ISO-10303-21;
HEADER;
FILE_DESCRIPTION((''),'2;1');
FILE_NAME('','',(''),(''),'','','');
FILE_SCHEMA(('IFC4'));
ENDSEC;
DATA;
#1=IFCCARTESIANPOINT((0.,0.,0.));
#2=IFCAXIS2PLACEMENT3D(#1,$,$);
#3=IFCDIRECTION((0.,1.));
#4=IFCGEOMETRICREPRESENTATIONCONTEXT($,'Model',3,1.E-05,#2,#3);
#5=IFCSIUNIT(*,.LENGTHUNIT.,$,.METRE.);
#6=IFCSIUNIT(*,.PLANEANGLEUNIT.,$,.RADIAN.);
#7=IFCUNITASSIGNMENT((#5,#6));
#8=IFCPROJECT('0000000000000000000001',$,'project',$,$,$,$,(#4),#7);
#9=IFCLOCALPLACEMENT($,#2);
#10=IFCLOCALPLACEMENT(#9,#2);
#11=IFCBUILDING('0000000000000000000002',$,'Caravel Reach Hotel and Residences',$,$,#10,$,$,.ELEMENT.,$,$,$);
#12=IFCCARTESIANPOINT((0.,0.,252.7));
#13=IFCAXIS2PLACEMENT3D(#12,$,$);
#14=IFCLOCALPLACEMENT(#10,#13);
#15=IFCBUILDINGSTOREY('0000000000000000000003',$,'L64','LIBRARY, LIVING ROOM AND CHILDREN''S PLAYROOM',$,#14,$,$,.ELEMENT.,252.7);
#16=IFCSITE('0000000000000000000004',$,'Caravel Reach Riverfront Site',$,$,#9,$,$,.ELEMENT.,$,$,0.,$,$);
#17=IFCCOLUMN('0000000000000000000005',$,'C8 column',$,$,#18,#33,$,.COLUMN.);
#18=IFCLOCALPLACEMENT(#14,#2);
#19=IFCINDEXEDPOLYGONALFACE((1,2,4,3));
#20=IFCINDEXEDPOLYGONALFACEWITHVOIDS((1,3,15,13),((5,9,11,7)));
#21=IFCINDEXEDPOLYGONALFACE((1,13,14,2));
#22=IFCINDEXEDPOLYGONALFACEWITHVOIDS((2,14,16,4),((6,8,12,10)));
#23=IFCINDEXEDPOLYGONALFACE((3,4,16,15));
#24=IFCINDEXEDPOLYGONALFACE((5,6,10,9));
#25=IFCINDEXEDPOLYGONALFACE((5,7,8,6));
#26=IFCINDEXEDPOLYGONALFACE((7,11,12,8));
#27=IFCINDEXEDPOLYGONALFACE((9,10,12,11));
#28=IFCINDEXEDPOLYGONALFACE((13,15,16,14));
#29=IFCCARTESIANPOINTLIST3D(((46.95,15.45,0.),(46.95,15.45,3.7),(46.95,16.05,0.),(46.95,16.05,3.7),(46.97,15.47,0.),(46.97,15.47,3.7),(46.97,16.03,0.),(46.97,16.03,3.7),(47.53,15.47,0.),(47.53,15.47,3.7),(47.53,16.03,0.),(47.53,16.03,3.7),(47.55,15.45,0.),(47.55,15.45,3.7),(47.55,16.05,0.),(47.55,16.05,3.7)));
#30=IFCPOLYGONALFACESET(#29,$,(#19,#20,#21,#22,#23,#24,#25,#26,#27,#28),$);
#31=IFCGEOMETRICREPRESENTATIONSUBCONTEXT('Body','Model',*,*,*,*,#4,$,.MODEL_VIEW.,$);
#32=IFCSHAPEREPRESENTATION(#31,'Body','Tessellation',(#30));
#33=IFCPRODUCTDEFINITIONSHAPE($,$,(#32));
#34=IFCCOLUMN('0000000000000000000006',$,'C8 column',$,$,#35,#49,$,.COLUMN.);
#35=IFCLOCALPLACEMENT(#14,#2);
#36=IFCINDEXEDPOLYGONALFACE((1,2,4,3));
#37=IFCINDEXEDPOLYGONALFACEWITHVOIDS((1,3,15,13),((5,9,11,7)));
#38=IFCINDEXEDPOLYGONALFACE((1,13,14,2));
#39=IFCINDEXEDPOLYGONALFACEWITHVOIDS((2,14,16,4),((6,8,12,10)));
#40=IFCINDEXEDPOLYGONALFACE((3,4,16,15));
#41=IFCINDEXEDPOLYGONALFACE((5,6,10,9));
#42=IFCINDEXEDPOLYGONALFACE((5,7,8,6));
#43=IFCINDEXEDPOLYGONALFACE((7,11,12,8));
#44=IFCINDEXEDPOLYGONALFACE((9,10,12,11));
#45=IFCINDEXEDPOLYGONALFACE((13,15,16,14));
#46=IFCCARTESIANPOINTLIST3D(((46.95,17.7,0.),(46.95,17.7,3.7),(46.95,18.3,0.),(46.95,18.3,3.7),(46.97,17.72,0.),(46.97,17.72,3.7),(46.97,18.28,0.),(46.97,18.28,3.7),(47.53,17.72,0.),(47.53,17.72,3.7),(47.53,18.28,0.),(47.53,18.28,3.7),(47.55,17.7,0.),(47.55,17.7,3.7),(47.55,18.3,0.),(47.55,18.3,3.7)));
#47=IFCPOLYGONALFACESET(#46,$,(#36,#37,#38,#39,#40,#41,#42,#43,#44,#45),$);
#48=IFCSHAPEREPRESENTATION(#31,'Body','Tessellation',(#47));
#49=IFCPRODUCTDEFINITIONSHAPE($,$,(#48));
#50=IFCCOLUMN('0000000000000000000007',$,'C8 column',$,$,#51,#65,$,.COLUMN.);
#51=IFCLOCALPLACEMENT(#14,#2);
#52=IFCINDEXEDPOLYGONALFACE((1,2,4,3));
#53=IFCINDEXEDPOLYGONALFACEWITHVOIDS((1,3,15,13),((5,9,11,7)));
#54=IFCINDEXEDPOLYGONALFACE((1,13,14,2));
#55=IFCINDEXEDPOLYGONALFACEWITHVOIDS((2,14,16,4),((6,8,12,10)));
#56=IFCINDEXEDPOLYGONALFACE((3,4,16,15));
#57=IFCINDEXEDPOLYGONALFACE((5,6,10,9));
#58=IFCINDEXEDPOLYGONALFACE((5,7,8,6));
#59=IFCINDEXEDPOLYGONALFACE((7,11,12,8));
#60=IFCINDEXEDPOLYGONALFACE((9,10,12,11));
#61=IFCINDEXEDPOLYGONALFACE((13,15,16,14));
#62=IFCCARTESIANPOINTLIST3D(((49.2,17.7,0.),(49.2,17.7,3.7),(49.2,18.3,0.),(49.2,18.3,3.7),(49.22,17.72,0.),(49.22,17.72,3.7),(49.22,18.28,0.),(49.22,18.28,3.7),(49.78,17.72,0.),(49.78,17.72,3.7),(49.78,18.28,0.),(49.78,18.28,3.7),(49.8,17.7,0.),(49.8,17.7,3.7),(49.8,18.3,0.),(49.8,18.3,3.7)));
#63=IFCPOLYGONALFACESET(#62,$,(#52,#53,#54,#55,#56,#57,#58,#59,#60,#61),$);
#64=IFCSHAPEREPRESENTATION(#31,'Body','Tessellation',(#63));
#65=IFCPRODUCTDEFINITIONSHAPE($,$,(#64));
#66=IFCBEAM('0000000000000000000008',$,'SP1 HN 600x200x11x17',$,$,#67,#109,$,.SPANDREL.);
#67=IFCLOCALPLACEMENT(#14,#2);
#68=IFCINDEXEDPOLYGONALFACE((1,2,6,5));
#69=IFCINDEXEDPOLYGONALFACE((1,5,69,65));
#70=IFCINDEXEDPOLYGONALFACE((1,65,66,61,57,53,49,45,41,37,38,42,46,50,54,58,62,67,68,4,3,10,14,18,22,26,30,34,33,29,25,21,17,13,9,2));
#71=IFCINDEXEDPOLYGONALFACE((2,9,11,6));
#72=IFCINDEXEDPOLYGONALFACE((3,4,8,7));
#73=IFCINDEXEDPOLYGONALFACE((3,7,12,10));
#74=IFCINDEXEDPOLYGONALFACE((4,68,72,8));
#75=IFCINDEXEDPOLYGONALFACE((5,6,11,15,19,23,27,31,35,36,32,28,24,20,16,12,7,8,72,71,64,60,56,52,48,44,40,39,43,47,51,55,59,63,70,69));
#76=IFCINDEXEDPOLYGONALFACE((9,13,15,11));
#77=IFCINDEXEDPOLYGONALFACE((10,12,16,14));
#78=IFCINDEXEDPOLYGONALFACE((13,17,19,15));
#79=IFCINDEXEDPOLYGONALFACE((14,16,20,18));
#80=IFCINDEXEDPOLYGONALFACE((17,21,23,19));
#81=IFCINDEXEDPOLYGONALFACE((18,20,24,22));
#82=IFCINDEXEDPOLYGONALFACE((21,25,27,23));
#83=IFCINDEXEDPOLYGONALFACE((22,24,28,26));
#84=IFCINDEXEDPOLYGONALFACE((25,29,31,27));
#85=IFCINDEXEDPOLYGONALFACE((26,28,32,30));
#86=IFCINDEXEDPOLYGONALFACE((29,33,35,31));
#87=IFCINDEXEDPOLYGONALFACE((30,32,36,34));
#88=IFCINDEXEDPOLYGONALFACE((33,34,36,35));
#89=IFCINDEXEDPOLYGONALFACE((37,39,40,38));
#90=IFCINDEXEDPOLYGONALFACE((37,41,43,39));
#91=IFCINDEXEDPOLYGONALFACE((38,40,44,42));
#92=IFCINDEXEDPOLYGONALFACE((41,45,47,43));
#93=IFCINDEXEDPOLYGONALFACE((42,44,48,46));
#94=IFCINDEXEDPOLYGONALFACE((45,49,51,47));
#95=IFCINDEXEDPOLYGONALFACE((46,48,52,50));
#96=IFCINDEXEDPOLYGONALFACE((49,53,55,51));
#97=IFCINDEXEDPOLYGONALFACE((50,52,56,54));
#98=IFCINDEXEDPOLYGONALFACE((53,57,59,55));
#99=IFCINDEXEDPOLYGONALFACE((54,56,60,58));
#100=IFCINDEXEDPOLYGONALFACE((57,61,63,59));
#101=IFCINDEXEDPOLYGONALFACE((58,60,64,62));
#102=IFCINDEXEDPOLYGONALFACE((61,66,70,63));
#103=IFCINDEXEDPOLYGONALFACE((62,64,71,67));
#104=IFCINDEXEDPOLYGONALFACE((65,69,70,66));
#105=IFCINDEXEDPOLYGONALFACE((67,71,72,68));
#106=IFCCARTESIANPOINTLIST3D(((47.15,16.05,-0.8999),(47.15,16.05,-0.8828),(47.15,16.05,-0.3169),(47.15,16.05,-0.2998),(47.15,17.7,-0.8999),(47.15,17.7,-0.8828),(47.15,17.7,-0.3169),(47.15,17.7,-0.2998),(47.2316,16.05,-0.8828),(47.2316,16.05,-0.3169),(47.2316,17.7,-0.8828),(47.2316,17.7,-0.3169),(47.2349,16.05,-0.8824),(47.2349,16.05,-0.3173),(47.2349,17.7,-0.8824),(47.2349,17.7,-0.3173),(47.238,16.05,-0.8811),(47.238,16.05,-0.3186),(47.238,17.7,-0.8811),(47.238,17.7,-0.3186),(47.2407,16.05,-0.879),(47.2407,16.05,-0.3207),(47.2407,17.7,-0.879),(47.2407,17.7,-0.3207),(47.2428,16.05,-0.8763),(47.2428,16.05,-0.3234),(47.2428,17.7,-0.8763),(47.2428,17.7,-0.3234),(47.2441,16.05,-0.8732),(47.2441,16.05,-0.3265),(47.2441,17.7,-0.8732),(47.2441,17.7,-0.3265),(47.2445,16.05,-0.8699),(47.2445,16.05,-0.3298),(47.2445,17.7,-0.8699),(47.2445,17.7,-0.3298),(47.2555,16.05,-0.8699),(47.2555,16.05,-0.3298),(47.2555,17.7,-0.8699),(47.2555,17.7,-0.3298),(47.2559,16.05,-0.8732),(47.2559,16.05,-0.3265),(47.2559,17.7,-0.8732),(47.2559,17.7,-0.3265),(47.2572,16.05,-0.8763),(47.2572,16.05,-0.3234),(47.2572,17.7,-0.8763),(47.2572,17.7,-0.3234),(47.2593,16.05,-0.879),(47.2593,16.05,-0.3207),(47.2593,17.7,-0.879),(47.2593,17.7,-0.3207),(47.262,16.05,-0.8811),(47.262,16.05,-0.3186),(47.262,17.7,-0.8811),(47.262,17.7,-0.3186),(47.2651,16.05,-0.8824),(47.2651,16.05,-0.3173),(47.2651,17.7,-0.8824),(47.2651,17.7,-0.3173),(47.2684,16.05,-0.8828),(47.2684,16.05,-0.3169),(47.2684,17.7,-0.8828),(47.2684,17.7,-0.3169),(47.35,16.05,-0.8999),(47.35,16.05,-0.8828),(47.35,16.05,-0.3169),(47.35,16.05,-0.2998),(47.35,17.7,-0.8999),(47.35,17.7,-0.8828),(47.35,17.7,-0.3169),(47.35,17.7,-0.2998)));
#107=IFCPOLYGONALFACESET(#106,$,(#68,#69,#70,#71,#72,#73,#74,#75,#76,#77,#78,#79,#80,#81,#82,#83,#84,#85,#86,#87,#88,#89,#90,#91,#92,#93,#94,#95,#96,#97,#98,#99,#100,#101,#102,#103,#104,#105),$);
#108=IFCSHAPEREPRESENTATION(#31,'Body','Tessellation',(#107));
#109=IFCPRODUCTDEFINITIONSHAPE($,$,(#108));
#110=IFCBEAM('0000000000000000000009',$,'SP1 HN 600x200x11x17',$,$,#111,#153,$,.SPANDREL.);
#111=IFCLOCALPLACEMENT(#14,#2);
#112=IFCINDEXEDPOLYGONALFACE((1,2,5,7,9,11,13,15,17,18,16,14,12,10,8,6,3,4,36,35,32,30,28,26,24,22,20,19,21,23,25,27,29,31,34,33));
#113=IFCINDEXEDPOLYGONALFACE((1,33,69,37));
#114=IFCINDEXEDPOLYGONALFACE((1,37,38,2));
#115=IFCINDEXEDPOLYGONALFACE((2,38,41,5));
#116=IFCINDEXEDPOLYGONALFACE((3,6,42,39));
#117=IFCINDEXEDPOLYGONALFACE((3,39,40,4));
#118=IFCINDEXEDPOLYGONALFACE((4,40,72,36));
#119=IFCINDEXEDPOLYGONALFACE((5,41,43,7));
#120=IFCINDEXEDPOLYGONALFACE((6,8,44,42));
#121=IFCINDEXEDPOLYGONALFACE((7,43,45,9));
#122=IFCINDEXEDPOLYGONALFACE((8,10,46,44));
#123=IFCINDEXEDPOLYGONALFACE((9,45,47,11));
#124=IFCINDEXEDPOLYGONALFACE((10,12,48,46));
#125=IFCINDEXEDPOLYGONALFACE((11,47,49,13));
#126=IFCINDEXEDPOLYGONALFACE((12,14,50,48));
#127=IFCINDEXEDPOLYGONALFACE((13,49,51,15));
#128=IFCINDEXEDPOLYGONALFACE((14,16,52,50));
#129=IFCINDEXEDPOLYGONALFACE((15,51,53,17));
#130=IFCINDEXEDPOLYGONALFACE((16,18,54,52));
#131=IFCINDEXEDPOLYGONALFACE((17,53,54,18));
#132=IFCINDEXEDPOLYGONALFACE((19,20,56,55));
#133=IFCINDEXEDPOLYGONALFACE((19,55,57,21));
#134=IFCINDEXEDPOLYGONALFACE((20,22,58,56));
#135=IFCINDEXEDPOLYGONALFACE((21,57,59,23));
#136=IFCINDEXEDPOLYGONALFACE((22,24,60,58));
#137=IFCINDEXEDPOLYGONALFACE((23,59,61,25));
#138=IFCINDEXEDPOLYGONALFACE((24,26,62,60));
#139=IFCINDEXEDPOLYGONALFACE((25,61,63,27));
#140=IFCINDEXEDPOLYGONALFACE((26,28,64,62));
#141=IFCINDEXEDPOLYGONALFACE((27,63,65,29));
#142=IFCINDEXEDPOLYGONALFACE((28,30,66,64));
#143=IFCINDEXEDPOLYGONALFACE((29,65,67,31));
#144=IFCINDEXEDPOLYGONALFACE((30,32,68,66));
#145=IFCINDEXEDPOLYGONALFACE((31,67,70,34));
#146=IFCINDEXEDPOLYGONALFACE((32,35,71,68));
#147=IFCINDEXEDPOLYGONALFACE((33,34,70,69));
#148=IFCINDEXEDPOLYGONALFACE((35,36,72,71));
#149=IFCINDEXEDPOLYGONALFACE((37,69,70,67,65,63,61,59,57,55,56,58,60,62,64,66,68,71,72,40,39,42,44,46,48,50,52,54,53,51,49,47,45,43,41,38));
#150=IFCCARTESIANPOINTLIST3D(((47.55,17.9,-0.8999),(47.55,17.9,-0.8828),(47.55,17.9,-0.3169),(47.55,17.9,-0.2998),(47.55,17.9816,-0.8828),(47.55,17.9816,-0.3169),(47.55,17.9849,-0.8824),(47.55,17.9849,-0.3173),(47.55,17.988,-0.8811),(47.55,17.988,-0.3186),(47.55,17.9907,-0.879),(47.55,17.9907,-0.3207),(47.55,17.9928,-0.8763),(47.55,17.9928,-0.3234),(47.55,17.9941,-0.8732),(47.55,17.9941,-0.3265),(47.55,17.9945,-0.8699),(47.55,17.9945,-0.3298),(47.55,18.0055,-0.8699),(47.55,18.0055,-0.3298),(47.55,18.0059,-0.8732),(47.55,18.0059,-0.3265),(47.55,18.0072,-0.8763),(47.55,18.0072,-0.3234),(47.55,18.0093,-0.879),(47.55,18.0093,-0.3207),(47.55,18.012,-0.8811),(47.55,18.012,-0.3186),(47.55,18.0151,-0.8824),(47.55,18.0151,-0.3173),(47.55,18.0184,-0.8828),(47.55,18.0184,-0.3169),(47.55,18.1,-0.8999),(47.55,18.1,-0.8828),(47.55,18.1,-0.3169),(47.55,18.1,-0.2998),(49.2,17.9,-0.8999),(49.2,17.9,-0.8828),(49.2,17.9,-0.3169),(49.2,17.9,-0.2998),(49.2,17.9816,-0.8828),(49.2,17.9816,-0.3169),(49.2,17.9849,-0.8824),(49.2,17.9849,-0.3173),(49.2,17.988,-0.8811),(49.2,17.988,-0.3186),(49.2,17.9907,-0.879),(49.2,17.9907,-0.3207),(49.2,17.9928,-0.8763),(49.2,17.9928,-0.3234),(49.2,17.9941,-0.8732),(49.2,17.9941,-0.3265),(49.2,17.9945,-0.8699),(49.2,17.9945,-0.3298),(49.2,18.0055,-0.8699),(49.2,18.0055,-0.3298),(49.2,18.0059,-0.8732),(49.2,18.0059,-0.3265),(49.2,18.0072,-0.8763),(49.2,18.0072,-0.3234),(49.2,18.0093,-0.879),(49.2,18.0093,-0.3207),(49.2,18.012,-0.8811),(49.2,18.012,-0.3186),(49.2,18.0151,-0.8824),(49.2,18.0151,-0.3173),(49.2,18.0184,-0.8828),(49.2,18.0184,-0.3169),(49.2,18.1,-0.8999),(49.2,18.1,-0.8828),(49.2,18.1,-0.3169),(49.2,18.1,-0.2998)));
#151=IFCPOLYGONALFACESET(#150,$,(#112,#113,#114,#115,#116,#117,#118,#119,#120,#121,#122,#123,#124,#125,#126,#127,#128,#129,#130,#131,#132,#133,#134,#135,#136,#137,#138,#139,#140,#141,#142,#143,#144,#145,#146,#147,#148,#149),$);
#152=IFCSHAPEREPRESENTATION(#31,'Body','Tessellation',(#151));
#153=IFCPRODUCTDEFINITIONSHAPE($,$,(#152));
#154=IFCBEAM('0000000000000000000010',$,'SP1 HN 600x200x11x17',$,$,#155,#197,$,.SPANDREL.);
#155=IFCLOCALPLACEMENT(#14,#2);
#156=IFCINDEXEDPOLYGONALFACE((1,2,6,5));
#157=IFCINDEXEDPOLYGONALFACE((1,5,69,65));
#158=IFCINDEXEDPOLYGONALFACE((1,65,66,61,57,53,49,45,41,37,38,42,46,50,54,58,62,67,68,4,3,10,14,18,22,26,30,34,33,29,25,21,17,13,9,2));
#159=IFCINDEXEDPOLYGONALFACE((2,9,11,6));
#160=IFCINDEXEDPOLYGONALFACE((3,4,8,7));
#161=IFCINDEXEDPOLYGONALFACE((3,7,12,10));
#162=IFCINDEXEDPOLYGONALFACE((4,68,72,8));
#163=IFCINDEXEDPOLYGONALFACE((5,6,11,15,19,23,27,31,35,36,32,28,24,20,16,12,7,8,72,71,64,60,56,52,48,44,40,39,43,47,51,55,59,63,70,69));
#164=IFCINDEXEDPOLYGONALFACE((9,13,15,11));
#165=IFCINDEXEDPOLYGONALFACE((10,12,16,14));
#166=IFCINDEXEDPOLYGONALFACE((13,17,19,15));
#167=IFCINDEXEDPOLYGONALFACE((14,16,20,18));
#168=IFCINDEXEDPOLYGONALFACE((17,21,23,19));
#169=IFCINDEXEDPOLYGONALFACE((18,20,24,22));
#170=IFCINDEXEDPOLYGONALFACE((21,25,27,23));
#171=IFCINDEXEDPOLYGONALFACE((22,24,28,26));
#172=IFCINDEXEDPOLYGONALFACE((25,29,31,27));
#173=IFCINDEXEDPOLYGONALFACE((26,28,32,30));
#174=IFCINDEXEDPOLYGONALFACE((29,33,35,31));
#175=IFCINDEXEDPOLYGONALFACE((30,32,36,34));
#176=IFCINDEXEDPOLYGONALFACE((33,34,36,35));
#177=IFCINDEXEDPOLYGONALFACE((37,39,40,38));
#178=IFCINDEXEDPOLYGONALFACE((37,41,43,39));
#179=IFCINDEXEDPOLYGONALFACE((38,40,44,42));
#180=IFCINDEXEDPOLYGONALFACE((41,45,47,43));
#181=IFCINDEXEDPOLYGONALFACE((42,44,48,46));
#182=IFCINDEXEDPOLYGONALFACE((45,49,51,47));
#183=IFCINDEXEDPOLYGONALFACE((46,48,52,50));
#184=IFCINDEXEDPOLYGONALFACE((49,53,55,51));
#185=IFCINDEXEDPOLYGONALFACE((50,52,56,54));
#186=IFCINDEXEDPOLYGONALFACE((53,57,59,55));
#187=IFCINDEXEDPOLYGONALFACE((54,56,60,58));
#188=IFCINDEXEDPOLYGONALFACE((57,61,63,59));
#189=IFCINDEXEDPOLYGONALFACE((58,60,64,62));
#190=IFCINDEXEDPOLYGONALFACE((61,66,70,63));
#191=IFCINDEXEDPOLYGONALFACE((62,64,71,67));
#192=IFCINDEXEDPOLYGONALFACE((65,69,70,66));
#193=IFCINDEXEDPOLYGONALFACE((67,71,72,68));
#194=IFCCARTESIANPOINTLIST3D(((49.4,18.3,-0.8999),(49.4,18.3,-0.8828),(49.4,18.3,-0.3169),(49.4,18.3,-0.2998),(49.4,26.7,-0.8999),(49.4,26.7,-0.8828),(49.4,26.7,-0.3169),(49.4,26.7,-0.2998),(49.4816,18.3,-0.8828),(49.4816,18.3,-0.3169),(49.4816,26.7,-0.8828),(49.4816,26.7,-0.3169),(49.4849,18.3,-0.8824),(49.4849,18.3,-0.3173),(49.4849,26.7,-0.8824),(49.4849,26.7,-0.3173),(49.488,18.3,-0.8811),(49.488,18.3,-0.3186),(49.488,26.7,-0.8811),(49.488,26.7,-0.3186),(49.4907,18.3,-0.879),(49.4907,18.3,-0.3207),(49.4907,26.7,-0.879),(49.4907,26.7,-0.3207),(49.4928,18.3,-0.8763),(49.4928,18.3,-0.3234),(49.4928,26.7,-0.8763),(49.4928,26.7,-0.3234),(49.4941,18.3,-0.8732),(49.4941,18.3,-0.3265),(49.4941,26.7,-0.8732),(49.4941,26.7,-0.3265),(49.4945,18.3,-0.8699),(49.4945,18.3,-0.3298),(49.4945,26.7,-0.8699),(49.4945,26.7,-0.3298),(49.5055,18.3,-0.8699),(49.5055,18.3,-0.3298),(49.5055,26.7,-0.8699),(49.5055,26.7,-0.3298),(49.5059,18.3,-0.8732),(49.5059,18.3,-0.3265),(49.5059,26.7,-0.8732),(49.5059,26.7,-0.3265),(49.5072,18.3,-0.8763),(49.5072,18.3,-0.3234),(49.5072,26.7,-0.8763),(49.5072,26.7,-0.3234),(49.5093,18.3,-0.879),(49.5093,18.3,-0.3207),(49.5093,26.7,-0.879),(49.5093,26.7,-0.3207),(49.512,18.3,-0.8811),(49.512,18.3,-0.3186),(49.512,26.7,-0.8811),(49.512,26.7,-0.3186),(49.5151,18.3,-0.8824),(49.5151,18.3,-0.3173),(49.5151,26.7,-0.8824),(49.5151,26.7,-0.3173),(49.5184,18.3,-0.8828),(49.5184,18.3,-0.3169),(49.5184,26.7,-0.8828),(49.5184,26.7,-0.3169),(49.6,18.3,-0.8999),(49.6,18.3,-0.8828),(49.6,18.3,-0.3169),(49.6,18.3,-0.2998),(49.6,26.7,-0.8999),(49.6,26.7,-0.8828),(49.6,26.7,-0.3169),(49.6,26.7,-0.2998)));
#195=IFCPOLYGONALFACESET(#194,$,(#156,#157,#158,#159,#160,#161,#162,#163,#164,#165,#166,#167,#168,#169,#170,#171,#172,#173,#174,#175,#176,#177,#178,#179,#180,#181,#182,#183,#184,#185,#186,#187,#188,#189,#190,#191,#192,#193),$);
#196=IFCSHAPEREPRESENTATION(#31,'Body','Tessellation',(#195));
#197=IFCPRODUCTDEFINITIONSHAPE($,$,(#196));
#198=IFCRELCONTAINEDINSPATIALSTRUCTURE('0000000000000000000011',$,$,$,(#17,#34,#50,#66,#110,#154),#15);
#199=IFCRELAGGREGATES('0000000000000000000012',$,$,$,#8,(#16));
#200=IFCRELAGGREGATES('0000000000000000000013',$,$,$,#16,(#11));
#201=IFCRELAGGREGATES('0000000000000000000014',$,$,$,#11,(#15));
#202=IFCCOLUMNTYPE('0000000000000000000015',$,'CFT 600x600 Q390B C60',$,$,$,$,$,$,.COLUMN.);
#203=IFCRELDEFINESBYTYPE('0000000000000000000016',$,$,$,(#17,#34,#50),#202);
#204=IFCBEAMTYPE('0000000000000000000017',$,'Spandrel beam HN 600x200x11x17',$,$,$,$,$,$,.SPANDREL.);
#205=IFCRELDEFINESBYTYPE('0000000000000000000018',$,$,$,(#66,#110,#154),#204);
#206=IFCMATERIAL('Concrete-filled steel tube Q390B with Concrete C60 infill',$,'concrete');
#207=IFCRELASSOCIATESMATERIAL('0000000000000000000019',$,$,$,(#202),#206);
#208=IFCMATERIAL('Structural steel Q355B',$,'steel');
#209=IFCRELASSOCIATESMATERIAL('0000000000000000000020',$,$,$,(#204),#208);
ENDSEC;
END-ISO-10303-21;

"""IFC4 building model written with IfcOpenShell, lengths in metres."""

from ifc_helpers import new_model, si_unit, direction, frame, origin, origin_2d, place, context, subcontext, project, spatial, hollow_rectangle, i_section, extrude, material, material_profile, profile_set, type_object, element, save


model = new_model("IFC4")

# Units and contexts
model_context = context("Model", 3, precision=1e-05, world=origin(), true_north=direction((0.0, 1.0)))
body_context = subcontext(model_context, "Body", "Model", "MODEL_VIEW")
ifc_project = project(units=[si_unit("LENGTHUNIT", "METRE"), si_unit("PLANEANGLEUNIT", "RADIAN")], contexts=[model_context])

# Site, building, storey
site_placement = place(None, origin())
site = spatial("IfcSite", under=ifc_project, at=site_placement, Name="Caravel Reach Riverfront Site", CompositionType="ELEMENT", RefElevation=0.0)
building_placement = place(site_placement, origin())
building = spatial("IfcBuilding", under=site, at=building_placement, Name="Caravel Reach Hotel and Residences", CompositionType="ELEMENT")
storey_placement = place(building_placement, frame((0.0, 0.0, 252.7)))
storey = spatial("IfcBuildingStorey", under=building, at=storey_placement, Name="L64", Description="LIBRARY, LIVING ROOM AND CHILDREN'S PLAYROOM", CompositionType="ELEMENT", Elevation=252.7)

# Columns
ifc_material_1 = material(Name="Concrete-filled steel tube Q390B with Concrete C60 infill", Category="concrete")
ifc_material_profile_1 = material_profile(ifc_material_1, hollow_rectangle(XDim=0.6001, YDim=0.6001, WallThickness=0.02, at=origin_2d()), Name="RHS 600x600x20")
ifc_profile_set_1 = profile_set([ifc_material_profile_1], Name="Concrete-filled steel tube Q390B with Concrete C60 infill")
column_type = type_object("IfcColumnType", Name="CFT 600x600 Q390B C60", PredefinedType="COLUMN", material=ifc_profile_set_1)
for number, where, z_axis, x_axis, name in (
    (1, (47.25, 15.75, 0.0), (0.0, 0.0, 1.0), (1.0, 0.0, 0.0), "C8 column"),
    (2, (47.25, 18.0, 0.0), (0.0, 0.0, 1.0), (1.0, 0.0, 0.0), "C8 column"),
    (3, (49.5, 18.0, 0.0), (0.0, 0.0, 1.0), (1.0, 0.0, 0.0), "C8 column"),
):
    element("IfcColumn", number, at=place(storey_placement, frame(where, z_axis=z_axis, x_axis=x_axis)), inside=storey, type_object=column_type, Name=name, PredefinedType="COLUMN", context=body_context, shape_type="SweptSolid", body=[
        extrude(hollow_rectangle(XDim=0.6001, YDim=0.6001, WallThickness=0.02, at=origin_2d()), origin(), (0.0, 0.0, 1.0), 3.7),
    ])

# Beams
ifc_material_2 = material(Name="Structural steel Q355B", Category="steel")
ifc_material_profile_2 = material_profile(ifc_material_2, i_section(OverallWidth=0.2, OverallDepth=0.6001, WebThickness=0.011, FlangeThickness=0.0171, FilletRadius=0.0129, at=origin_2d()), Name="HN 600x200x11x17")
ifc_profile_set_2 = profile_set([ifc_material_profile_2], Name="Structural steel Q355B")
beam_type = type_object("IfcBeamType", Name="Spandrel beam HN 600x200x11x17", PredefinedType="SPANDREL", material=ifc_profile_set_2)
for number, where, z_axis, x_axis, name in (
    (4, (47.25, 16.05, -0.5999), (0.0, 1.0, 0.0), (-1.0, 0.0, 0.0), "SP1 HN 600x200x11x17"),
    (5, (47.55, 18.0, -0.5999), (1.0, 0.0, 0.0), (0.0, 1.0, 0.0), "SP1 HN 600x200x11x17"),
):
    element("IfcBeam", number, at=place(storey_placement, frame(where, z_axis=z_axis, x_axis=x_axis)), inside=storey, type_object=beam_type, Name=name, PredefinedType="SPANDREL", context=body_context, shape_type="SweptSolid", body=[
        extrude(i_section(OverallWidth=0.2, OverallDepth=0.6001, WebThickness=0.011, FlangeThickness=0.0171, FilletRadius=0.0129, at=origin_2d()), origin(), (0.0, 0.0, 1.0), 1.6499),
    ])
beam_placement = place(storey_placement, frame((49.5, 18.3, -0.5999), z_axis=(0.0, 1.0, 0.0), x_axis=(-1.0, 0.0, 0.0)))
element("IfcBeam", 6, at=beam_placement, inside=storey, type_object=beam_type, Name="SP1 HN 600x200x11x17", PredefinedType="SPANDREL", context=body_context, shape_type="SweptSolid", body=[
    extrude(i_section(OverallWidth=0.2, OverallDepth=0.6001, WebThickness=0.011, FlangeThickness=0.0171, FilletRadius=0.0129, at=origin_2d()), origin(), (0.0, 0.0, 1.0), 8.3999),
])

save(model, "model.ifc")
